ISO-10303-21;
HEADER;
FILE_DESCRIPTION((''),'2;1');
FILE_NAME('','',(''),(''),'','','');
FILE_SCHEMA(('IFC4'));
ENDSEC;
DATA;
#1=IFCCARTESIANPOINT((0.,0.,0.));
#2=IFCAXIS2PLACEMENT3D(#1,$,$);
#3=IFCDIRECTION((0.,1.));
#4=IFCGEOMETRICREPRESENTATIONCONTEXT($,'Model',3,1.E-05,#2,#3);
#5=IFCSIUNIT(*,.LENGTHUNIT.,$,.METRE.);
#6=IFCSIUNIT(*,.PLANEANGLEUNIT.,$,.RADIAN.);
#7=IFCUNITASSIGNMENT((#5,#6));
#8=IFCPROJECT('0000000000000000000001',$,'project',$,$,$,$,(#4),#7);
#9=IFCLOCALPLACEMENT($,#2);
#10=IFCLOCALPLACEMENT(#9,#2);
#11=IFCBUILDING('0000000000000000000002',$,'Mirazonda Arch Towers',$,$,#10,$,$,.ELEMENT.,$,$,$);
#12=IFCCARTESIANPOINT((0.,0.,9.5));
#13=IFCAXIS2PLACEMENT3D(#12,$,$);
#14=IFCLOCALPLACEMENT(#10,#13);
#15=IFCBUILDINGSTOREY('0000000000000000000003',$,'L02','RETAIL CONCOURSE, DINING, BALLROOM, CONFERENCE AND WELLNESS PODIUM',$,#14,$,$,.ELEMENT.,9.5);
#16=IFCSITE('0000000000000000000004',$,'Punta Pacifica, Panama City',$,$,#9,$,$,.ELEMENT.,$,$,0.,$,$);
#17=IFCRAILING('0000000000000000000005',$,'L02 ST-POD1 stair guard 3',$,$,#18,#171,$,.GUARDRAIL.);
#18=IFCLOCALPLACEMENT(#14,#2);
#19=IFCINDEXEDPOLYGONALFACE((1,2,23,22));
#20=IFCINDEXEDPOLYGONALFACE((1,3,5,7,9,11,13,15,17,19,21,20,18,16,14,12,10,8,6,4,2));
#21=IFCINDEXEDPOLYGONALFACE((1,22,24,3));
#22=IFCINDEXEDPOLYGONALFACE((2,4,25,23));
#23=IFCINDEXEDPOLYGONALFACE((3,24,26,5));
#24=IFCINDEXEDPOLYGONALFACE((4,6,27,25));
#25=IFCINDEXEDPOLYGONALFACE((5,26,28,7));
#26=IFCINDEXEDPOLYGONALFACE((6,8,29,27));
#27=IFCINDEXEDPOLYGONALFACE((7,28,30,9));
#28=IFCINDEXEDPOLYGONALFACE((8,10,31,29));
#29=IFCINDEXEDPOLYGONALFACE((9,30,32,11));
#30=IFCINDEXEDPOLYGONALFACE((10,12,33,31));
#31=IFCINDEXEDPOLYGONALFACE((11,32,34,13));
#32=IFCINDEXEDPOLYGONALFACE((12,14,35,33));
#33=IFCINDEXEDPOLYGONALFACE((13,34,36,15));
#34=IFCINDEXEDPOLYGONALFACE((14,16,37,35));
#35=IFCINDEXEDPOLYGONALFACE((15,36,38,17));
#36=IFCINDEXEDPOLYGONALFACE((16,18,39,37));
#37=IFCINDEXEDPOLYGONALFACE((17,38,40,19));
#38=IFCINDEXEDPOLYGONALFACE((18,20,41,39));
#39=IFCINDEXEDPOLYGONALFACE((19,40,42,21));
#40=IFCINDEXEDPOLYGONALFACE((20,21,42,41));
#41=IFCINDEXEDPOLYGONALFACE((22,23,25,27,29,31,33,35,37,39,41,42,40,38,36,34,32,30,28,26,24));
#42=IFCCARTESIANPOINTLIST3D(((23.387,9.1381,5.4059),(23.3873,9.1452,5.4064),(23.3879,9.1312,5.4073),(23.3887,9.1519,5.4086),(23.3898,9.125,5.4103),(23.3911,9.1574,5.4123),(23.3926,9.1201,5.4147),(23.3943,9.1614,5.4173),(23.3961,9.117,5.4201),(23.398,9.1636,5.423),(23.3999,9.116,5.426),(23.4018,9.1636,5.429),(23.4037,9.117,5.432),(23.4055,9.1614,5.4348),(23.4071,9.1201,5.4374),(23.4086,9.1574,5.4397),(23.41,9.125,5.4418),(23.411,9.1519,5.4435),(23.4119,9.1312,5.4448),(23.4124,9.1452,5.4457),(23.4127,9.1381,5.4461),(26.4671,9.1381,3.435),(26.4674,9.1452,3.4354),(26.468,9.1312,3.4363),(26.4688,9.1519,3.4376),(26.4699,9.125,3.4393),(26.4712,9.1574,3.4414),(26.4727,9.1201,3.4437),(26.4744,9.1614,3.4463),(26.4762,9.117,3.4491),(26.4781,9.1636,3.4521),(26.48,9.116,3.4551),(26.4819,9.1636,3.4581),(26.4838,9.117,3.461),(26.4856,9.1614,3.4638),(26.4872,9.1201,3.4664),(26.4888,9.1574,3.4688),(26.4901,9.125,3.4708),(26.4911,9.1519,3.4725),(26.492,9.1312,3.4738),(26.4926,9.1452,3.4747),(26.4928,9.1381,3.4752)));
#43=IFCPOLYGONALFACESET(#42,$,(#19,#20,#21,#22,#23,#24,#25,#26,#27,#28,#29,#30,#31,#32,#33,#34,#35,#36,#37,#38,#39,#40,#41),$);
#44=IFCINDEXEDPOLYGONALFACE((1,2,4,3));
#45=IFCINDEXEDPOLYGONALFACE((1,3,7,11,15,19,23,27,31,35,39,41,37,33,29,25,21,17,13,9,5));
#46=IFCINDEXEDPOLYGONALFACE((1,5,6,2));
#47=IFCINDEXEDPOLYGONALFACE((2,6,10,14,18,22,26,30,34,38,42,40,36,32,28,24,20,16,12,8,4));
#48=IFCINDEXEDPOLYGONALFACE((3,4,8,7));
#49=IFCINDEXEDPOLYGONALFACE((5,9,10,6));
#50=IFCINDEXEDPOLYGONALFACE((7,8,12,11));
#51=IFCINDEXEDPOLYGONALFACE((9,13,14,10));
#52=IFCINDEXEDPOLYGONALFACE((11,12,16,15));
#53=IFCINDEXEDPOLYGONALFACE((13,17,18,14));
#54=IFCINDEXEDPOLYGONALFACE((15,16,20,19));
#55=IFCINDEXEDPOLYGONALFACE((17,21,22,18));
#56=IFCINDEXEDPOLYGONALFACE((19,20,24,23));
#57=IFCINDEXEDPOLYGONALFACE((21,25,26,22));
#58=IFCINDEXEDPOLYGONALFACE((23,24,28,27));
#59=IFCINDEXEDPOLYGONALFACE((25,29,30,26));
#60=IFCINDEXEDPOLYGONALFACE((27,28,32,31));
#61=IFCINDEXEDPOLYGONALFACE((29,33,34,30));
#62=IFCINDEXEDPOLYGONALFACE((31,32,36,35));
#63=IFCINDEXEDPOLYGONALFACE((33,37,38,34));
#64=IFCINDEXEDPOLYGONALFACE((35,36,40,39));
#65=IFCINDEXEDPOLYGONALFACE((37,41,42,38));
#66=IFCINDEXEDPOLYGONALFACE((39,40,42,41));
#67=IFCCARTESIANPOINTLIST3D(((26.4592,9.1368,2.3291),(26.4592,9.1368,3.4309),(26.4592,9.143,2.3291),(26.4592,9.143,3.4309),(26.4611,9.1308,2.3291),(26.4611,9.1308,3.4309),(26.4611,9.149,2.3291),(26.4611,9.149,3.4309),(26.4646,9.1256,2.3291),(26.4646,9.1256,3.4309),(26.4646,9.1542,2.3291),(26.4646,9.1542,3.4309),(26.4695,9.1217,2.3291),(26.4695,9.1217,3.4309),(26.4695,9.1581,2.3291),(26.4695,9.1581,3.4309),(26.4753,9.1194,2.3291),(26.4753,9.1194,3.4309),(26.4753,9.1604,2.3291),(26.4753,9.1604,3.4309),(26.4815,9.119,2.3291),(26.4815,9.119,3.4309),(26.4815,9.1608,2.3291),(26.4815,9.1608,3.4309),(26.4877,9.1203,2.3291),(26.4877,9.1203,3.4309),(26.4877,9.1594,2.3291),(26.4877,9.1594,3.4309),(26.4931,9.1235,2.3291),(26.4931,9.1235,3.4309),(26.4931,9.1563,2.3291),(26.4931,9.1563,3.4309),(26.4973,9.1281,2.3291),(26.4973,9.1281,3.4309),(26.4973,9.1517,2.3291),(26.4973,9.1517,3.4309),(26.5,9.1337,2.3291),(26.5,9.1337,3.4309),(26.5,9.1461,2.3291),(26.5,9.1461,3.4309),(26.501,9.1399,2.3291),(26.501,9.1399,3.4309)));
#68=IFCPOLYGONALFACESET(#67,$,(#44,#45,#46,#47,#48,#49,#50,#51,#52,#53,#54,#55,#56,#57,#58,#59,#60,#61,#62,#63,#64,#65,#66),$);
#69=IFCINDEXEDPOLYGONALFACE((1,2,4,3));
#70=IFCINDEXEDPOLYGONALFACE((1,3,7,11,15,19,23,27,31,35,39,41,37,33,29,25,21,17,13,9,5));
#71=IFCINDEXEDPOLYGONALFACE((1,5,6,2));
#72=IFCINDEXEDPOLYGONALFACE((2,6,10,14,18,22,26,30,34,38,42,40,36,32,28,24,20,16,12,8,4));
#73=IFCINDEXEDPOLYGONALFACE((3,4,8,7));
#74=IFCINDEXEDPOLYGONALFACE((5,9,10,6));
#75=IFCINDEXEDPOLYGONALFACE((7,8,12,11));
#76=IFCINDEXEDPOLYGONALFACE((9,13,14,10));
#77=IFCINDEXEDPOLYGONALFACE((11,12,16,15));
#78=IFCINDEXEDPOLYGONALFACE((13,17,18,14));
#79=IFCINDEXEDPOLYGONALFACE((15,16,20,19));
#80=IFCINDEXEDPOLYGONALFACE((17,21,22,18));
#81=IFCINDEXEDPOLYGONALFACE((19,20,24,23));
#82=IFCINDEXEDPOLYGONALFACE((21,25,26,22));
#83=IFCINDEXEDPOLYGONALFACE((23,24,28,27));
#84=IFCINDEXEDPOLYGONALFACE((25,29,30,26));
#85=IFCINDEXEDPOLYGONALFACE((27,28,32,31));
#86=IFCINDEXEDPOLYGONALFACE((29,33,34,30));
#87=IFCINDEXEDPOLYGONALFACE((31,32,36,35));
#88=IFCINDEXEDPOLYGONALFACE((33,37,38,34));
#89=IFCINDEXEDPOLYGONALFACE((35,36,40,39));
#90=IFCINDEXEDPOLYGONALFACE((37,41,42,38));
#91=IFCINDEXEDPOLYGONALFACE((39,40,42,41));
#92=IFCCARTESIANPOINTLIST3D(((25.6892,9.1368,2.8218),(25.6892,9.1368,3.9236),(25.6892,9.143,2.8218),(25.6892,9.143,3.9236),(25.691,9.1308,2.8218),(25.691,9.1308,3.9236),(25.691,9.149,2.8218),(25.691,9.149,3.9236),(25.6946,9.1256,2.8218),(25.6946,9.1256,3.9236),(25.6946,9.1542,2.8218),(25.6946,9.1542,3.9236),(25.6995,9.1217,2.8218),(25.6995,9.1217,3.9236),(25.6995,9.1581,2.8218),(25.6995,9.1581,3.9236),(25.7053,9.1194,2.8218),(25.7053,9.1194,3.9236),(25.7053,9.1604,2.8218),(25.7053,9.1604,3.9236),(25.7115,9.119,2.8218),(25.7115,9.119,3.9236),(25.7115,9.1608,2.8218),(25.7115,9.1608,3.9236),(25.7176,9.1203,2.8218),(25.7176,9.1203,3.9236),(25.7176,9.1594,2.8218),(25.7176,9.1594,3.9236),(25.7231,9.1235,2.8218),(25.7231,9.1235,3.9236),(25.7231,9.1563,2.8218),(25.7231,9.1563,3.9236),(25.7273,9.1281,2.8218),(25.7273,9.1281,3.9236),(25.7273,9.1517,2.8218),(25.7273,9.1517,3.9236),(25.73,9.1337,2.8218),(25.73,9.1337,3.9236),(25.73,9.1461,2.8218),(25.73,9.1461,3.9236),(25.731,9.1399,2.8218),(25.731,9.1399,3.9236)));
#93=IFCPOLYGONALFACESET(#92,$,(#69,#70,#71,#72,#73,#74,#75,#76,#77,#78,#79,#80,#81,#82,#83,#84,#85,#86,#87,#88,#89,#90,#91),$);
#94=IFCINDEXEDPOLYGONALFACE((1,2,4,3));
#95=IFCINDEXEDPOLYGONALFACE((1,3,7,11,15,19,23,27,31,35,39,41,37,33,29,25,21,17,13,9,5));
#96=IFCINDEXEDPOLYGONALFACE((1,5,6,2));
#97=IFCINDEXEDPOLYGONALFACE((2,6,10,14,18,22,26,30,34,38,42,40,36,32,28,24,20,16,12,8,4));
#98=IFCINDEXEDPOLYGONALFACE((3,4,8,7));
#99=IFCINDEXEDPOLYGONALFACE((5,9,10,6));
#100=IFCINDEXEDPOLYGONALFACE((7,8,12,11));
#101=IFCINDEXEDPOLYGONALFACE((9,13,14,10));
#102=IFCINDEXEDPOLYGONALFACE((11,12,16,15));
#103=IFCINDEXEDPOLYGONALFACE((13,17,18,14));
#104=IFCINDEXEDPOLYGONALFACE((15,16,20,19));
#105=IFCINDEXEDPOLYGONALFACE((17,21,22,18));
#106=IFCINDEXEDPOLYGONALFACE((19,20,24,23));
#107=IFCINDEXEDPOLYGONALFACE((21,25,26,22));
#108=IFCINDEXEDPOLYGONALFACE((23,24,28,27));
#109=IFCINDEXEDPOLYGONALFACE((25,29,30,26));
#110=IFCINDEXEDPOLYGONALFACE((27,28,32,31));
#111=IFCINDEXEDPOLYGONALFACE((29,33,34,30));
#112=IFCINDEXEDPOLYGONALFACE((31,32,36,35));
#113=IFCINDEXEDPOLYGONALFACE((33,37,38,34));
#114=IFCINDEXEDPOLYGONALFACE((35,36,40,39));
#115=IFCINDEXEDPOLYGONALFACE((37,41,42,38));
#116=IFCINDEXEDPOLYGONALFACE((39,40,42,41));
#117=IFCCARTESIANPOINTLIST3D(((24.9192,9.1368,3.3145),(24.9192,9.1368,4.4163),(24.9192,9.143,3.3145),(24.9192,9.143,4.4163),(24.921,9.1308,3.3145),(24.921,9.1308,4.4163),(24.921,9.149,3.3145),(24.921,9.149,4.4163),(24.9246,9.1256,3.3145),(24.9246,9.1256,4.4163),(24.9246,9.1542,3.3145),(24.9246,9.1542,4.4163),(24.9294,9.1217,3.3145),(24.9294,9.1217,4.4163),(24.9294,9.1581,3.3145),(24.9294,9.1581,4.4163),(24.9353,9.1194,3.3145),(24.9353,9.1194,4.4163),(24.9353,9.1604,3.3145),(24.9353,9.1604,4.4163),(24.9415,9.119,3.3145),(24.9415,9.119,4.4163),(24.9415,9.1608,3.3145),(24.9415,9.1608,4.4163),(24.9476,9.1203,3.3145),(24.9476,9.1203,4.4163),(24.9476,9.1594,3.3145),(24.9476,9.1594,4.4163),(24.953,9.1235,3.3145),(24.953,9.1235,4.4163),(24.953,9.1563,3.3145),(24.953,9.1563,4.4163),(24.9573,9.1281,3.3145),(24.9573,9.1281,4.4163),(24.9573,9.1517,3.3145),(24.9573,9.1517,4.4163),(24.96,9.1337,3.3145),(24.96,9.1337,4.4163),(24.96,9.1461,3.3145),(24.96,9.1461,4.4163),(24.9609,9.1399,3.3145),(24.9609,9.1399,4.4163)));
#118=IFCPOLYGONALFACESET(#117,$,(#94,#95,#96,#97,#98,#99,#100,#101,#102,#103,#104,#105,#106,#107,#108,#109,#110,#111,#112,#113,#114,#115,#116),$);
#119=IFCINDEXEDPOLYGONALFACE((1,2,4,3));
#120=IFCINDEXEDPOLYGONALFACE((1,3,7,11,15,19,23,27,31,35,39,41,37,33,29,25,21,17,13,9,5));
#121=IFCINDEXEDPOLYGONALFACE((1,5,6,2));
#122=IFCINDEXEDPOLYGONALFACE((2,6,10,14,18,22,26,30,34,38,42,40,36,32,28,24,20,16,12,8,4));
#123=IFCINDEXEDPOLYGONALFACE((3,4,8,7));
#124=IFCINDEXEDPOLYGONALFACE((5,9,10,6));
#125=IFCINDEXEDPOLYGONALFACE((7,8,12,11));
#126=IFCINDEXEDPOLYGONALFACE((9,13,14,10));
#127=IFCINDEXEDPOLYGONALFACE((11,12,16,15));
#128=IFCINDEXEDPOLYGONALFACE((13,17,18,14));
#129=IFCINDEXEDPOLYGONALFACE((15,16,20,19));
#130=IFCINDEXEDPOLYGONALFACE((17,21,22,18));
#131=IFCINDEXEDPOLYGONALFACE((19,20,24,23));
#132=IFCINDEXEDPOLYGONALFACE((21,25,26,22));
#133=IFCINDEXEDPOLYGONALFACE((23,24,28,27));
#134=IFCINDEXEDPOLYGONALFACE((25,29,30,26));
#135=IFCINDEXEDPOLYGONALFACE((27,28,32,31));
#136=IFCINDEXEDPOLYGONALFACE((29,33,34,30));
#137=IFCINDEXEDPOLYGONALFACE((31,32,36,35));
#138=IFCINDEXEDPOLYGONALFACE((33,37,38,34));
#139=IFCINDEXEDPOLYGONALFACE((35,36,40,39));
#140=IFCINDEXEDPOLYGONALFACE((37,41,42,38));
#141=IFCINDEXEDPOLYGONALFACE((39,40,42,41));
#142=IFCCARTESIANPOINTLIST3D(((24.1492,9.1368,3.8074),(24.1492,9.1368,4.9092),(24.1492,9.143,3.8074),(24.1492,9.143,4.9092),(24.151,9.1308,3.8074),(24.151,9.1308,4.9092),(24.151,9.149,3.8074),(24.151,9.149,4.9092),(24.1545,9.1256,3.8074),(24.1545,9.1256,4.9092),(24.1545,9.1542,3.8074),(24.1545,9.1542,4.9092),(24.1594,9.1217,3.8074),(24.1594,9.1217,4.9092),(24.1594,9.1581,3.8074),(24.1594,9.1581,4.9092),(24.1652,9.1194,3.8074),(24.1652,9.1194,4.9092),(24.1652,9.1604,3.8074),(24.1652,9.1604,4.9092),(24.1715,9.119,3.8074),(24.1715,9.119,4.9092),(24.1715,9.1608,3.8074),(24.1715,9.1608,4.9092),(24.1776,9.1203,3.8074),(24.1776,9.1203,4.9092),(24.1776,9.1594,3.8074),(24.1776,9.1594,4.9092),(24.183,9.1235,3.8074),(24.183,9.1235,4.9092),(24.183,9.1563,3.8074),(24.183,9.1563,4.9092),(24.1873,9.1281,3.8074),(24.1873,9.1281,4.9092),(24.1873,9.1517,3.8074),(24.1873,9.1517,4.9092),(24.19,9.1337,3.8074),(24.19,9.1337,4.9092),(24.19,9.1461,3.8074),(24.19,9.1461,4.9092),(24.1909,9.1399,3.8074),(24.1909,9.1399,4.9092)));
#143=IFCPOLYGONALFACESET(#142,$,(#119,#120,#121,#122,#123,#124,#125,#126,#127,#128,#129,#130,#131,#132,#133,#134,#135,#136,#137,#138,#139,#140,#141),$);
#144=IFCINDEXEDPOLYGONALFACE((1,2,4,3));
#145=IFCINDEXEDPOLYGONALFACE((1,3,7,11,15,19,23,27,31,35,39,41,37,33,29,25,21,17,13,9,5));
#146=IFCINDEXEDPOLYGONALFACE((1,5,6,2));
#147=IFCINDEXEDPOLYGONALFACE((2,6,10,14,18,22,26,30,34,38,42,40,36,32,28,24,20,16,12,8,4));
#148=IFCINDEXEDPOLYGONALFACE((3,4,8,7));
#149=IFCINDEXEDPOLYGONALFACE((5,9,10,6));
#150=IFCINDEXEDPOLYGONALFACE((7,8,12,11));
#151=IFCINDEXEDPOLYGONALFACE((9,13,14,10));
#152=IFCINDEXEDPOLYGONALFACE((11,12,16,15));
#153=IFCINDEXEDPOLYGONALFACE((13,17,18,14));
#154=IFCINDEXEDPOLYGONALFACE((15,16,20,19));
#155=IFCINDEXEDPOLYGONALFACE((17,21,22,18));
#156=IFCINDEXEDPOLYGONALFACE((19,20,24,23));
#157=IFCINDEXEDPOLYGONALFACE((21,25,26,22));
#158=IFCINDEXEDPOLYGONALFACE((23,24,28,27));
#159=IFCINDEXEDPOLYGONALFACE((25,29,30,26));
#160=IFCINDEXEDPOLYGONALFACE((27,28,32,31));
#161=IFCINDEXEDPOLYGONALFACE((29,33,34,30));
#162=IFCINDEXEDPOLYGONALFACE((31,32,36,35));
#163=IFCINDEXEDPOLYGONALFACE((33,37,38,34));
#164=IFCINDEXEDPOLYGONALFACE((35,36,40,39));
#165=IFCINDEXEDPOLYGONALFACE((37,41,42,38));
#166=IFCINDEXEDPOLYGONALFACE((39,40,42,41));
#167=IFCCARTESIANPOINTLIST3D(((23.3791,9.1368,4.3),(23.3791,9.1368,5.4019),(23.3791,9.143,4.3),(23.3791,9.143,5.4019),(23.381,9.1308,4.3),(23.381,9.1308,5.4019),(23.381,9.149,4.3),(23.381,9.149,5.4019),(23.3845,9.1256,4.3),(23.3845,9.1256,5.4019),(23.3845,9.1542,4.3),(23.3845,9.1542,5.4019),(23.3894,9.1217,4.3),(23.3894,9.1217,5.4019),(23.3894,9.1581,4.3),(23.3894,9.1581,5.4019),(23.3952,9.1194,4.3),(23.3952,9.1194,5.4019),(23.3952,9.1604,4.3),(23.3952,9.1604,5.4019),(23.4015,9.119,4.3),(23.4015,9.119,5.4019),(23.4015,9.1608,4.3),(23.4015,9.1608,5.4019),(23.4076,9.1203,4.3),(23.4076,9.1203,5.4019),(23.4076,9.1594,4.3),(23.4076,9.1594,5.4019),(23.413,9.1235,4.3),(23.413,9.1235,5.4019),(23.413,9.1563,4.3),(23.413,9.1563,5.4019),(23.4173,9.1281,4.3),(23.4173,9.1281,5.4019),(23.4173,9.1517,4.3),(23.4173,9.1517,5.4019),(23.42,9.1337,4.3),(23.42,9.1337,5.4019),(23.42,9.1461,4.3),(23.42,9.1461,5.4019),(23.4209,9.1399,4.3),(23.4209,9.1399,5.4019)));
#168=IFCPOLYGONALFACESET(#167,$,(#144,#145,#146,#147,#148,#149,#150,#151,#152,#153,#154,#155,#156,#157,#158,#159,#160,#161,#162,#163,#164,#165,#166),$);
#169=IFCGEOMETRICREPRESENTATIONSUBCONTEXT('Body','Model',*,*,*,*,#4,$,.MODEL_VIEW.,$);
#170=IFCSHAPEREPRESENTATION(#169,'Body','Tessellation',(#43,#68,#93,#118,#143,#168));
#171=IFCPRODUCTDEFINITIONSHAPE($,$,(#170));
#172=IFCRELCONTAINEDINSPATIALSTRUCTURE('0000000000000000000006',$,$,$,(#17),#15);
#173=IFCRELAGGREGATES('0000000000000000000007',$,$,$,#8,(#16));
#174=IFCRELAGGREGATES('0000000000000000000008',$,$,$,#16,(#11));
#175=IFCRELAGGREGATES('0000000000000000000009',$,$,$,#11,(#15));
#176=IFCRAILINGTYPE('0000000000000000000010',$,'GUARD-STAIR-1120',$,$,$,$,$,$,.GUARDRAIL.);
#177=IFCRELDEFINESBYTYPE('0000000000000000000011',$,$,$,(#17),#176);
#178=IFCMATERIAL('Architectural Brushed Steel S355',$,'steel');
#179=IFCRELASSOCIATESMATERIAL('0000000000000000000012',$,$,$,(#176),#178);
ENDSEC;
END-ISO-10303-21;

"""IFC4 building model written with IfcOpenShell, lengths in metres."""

from ifc_helpers import new_model, si_unit, direction, frame, origin, origin_2d, place, context, subcontext, project, spatial, circle, extrude, material, type_object, element, save


model = new_model("IFC4")

# Units and contexts
model_context = context("Model", 3, precision=1e-05, world=origin(), true_north=direction((0.0, 1.0)))
body_context = subcontext(model_context, "Body", "Model", "MODEL_VIEW")
ifc_project = project(units=[si_unit("LENGTHUNIT", "METRE"), si_unit("PLANEANGLEUNIT", "RADIAN")], contexts=[model_context])

# Site, building, storey
site_placement = place(None, origin())
site = spatial("IfcSite", under=ifc_project, at=site_placement, Name="Punta Pacifica, Panama City", CompositionType="ELEMENT", RefElevation=0.0)
building_placement = place(site_placement, origin())
building = spatial("IfcBuilding", under=site, at=building_placement, Name="Mirazonda Arch Towers", CompositionType="ELEMENT")
storey_placement = place(building_placement, frame((0.0, 0.0, 9.5)))
storey = spatial("IfcBuildingStorey", under=building, at=storey_placement, Name="L02", Description="RETAIL CONCOURSE, DINING, BALLROOM, CONFERENCE AND WELLNESS PODIUM", CompositionType="ELEMENT", Elevation=9.5)

# Railing
ifc_material_1 = material(Name="Architectural Brushed Steel S355", Category="steel")
railing_type_1 = type_object("IfcRailingType", Name="GUARD-STAIR-1120", PredefinedType="GUARDRAIL", material=ifc_material_1)
railing_1_placement = place(storey_placement, frame((26.48, 9.1399, 2.3291)))
element("IfcRailing", 1, at=railing_1_placement, inside=storey, type_object=railing_type_1, Name="L02 ST-POD1 stair guard 3", PredefinedType="GUARDRAIL", context=body_context, shape_type="SweptSolid", body=[
    extrude(circle(Radius=0.0239, at=origin_2d()), frame((0.0, 0.0, 1.126), z_axis=(-0.842309, 0.0, 0.538995), x_axis=(0.0, -1.0, 0.0)), (0.0, 0.0, 1.0), 3.6567),
    extrude(circle(Radius=0.021, at=origin_2d()), origin(), (0.0, 0.0, 1.0), 1.1018),
    extrude(circle(Radius=0.021, at=origin_2d()), frame((-0.77, 0.0, 0.4927)), (0.0, 0.0, 1.0), 1.1018),
    extrude(circle(Radius=0.021, at=origin_2d()), frame((-1.54, 0.0, 0.9854)), (0.0, 0.0, 1.0), 1.1018),
    extrude(circle(Radius=0.021, at=origin_2d()), frame((-2.3101, 0.0, 1.4783)), (0.0, 0.0, 1.0), 1.1018),
    extrude(circle(Radius=0.021, at=origin_2d()), frame((-3.0801, 0.0, 1.9709)), (0.0, 0.0, 1.0), 1.1018),
])

save(model, "model.ifc")
